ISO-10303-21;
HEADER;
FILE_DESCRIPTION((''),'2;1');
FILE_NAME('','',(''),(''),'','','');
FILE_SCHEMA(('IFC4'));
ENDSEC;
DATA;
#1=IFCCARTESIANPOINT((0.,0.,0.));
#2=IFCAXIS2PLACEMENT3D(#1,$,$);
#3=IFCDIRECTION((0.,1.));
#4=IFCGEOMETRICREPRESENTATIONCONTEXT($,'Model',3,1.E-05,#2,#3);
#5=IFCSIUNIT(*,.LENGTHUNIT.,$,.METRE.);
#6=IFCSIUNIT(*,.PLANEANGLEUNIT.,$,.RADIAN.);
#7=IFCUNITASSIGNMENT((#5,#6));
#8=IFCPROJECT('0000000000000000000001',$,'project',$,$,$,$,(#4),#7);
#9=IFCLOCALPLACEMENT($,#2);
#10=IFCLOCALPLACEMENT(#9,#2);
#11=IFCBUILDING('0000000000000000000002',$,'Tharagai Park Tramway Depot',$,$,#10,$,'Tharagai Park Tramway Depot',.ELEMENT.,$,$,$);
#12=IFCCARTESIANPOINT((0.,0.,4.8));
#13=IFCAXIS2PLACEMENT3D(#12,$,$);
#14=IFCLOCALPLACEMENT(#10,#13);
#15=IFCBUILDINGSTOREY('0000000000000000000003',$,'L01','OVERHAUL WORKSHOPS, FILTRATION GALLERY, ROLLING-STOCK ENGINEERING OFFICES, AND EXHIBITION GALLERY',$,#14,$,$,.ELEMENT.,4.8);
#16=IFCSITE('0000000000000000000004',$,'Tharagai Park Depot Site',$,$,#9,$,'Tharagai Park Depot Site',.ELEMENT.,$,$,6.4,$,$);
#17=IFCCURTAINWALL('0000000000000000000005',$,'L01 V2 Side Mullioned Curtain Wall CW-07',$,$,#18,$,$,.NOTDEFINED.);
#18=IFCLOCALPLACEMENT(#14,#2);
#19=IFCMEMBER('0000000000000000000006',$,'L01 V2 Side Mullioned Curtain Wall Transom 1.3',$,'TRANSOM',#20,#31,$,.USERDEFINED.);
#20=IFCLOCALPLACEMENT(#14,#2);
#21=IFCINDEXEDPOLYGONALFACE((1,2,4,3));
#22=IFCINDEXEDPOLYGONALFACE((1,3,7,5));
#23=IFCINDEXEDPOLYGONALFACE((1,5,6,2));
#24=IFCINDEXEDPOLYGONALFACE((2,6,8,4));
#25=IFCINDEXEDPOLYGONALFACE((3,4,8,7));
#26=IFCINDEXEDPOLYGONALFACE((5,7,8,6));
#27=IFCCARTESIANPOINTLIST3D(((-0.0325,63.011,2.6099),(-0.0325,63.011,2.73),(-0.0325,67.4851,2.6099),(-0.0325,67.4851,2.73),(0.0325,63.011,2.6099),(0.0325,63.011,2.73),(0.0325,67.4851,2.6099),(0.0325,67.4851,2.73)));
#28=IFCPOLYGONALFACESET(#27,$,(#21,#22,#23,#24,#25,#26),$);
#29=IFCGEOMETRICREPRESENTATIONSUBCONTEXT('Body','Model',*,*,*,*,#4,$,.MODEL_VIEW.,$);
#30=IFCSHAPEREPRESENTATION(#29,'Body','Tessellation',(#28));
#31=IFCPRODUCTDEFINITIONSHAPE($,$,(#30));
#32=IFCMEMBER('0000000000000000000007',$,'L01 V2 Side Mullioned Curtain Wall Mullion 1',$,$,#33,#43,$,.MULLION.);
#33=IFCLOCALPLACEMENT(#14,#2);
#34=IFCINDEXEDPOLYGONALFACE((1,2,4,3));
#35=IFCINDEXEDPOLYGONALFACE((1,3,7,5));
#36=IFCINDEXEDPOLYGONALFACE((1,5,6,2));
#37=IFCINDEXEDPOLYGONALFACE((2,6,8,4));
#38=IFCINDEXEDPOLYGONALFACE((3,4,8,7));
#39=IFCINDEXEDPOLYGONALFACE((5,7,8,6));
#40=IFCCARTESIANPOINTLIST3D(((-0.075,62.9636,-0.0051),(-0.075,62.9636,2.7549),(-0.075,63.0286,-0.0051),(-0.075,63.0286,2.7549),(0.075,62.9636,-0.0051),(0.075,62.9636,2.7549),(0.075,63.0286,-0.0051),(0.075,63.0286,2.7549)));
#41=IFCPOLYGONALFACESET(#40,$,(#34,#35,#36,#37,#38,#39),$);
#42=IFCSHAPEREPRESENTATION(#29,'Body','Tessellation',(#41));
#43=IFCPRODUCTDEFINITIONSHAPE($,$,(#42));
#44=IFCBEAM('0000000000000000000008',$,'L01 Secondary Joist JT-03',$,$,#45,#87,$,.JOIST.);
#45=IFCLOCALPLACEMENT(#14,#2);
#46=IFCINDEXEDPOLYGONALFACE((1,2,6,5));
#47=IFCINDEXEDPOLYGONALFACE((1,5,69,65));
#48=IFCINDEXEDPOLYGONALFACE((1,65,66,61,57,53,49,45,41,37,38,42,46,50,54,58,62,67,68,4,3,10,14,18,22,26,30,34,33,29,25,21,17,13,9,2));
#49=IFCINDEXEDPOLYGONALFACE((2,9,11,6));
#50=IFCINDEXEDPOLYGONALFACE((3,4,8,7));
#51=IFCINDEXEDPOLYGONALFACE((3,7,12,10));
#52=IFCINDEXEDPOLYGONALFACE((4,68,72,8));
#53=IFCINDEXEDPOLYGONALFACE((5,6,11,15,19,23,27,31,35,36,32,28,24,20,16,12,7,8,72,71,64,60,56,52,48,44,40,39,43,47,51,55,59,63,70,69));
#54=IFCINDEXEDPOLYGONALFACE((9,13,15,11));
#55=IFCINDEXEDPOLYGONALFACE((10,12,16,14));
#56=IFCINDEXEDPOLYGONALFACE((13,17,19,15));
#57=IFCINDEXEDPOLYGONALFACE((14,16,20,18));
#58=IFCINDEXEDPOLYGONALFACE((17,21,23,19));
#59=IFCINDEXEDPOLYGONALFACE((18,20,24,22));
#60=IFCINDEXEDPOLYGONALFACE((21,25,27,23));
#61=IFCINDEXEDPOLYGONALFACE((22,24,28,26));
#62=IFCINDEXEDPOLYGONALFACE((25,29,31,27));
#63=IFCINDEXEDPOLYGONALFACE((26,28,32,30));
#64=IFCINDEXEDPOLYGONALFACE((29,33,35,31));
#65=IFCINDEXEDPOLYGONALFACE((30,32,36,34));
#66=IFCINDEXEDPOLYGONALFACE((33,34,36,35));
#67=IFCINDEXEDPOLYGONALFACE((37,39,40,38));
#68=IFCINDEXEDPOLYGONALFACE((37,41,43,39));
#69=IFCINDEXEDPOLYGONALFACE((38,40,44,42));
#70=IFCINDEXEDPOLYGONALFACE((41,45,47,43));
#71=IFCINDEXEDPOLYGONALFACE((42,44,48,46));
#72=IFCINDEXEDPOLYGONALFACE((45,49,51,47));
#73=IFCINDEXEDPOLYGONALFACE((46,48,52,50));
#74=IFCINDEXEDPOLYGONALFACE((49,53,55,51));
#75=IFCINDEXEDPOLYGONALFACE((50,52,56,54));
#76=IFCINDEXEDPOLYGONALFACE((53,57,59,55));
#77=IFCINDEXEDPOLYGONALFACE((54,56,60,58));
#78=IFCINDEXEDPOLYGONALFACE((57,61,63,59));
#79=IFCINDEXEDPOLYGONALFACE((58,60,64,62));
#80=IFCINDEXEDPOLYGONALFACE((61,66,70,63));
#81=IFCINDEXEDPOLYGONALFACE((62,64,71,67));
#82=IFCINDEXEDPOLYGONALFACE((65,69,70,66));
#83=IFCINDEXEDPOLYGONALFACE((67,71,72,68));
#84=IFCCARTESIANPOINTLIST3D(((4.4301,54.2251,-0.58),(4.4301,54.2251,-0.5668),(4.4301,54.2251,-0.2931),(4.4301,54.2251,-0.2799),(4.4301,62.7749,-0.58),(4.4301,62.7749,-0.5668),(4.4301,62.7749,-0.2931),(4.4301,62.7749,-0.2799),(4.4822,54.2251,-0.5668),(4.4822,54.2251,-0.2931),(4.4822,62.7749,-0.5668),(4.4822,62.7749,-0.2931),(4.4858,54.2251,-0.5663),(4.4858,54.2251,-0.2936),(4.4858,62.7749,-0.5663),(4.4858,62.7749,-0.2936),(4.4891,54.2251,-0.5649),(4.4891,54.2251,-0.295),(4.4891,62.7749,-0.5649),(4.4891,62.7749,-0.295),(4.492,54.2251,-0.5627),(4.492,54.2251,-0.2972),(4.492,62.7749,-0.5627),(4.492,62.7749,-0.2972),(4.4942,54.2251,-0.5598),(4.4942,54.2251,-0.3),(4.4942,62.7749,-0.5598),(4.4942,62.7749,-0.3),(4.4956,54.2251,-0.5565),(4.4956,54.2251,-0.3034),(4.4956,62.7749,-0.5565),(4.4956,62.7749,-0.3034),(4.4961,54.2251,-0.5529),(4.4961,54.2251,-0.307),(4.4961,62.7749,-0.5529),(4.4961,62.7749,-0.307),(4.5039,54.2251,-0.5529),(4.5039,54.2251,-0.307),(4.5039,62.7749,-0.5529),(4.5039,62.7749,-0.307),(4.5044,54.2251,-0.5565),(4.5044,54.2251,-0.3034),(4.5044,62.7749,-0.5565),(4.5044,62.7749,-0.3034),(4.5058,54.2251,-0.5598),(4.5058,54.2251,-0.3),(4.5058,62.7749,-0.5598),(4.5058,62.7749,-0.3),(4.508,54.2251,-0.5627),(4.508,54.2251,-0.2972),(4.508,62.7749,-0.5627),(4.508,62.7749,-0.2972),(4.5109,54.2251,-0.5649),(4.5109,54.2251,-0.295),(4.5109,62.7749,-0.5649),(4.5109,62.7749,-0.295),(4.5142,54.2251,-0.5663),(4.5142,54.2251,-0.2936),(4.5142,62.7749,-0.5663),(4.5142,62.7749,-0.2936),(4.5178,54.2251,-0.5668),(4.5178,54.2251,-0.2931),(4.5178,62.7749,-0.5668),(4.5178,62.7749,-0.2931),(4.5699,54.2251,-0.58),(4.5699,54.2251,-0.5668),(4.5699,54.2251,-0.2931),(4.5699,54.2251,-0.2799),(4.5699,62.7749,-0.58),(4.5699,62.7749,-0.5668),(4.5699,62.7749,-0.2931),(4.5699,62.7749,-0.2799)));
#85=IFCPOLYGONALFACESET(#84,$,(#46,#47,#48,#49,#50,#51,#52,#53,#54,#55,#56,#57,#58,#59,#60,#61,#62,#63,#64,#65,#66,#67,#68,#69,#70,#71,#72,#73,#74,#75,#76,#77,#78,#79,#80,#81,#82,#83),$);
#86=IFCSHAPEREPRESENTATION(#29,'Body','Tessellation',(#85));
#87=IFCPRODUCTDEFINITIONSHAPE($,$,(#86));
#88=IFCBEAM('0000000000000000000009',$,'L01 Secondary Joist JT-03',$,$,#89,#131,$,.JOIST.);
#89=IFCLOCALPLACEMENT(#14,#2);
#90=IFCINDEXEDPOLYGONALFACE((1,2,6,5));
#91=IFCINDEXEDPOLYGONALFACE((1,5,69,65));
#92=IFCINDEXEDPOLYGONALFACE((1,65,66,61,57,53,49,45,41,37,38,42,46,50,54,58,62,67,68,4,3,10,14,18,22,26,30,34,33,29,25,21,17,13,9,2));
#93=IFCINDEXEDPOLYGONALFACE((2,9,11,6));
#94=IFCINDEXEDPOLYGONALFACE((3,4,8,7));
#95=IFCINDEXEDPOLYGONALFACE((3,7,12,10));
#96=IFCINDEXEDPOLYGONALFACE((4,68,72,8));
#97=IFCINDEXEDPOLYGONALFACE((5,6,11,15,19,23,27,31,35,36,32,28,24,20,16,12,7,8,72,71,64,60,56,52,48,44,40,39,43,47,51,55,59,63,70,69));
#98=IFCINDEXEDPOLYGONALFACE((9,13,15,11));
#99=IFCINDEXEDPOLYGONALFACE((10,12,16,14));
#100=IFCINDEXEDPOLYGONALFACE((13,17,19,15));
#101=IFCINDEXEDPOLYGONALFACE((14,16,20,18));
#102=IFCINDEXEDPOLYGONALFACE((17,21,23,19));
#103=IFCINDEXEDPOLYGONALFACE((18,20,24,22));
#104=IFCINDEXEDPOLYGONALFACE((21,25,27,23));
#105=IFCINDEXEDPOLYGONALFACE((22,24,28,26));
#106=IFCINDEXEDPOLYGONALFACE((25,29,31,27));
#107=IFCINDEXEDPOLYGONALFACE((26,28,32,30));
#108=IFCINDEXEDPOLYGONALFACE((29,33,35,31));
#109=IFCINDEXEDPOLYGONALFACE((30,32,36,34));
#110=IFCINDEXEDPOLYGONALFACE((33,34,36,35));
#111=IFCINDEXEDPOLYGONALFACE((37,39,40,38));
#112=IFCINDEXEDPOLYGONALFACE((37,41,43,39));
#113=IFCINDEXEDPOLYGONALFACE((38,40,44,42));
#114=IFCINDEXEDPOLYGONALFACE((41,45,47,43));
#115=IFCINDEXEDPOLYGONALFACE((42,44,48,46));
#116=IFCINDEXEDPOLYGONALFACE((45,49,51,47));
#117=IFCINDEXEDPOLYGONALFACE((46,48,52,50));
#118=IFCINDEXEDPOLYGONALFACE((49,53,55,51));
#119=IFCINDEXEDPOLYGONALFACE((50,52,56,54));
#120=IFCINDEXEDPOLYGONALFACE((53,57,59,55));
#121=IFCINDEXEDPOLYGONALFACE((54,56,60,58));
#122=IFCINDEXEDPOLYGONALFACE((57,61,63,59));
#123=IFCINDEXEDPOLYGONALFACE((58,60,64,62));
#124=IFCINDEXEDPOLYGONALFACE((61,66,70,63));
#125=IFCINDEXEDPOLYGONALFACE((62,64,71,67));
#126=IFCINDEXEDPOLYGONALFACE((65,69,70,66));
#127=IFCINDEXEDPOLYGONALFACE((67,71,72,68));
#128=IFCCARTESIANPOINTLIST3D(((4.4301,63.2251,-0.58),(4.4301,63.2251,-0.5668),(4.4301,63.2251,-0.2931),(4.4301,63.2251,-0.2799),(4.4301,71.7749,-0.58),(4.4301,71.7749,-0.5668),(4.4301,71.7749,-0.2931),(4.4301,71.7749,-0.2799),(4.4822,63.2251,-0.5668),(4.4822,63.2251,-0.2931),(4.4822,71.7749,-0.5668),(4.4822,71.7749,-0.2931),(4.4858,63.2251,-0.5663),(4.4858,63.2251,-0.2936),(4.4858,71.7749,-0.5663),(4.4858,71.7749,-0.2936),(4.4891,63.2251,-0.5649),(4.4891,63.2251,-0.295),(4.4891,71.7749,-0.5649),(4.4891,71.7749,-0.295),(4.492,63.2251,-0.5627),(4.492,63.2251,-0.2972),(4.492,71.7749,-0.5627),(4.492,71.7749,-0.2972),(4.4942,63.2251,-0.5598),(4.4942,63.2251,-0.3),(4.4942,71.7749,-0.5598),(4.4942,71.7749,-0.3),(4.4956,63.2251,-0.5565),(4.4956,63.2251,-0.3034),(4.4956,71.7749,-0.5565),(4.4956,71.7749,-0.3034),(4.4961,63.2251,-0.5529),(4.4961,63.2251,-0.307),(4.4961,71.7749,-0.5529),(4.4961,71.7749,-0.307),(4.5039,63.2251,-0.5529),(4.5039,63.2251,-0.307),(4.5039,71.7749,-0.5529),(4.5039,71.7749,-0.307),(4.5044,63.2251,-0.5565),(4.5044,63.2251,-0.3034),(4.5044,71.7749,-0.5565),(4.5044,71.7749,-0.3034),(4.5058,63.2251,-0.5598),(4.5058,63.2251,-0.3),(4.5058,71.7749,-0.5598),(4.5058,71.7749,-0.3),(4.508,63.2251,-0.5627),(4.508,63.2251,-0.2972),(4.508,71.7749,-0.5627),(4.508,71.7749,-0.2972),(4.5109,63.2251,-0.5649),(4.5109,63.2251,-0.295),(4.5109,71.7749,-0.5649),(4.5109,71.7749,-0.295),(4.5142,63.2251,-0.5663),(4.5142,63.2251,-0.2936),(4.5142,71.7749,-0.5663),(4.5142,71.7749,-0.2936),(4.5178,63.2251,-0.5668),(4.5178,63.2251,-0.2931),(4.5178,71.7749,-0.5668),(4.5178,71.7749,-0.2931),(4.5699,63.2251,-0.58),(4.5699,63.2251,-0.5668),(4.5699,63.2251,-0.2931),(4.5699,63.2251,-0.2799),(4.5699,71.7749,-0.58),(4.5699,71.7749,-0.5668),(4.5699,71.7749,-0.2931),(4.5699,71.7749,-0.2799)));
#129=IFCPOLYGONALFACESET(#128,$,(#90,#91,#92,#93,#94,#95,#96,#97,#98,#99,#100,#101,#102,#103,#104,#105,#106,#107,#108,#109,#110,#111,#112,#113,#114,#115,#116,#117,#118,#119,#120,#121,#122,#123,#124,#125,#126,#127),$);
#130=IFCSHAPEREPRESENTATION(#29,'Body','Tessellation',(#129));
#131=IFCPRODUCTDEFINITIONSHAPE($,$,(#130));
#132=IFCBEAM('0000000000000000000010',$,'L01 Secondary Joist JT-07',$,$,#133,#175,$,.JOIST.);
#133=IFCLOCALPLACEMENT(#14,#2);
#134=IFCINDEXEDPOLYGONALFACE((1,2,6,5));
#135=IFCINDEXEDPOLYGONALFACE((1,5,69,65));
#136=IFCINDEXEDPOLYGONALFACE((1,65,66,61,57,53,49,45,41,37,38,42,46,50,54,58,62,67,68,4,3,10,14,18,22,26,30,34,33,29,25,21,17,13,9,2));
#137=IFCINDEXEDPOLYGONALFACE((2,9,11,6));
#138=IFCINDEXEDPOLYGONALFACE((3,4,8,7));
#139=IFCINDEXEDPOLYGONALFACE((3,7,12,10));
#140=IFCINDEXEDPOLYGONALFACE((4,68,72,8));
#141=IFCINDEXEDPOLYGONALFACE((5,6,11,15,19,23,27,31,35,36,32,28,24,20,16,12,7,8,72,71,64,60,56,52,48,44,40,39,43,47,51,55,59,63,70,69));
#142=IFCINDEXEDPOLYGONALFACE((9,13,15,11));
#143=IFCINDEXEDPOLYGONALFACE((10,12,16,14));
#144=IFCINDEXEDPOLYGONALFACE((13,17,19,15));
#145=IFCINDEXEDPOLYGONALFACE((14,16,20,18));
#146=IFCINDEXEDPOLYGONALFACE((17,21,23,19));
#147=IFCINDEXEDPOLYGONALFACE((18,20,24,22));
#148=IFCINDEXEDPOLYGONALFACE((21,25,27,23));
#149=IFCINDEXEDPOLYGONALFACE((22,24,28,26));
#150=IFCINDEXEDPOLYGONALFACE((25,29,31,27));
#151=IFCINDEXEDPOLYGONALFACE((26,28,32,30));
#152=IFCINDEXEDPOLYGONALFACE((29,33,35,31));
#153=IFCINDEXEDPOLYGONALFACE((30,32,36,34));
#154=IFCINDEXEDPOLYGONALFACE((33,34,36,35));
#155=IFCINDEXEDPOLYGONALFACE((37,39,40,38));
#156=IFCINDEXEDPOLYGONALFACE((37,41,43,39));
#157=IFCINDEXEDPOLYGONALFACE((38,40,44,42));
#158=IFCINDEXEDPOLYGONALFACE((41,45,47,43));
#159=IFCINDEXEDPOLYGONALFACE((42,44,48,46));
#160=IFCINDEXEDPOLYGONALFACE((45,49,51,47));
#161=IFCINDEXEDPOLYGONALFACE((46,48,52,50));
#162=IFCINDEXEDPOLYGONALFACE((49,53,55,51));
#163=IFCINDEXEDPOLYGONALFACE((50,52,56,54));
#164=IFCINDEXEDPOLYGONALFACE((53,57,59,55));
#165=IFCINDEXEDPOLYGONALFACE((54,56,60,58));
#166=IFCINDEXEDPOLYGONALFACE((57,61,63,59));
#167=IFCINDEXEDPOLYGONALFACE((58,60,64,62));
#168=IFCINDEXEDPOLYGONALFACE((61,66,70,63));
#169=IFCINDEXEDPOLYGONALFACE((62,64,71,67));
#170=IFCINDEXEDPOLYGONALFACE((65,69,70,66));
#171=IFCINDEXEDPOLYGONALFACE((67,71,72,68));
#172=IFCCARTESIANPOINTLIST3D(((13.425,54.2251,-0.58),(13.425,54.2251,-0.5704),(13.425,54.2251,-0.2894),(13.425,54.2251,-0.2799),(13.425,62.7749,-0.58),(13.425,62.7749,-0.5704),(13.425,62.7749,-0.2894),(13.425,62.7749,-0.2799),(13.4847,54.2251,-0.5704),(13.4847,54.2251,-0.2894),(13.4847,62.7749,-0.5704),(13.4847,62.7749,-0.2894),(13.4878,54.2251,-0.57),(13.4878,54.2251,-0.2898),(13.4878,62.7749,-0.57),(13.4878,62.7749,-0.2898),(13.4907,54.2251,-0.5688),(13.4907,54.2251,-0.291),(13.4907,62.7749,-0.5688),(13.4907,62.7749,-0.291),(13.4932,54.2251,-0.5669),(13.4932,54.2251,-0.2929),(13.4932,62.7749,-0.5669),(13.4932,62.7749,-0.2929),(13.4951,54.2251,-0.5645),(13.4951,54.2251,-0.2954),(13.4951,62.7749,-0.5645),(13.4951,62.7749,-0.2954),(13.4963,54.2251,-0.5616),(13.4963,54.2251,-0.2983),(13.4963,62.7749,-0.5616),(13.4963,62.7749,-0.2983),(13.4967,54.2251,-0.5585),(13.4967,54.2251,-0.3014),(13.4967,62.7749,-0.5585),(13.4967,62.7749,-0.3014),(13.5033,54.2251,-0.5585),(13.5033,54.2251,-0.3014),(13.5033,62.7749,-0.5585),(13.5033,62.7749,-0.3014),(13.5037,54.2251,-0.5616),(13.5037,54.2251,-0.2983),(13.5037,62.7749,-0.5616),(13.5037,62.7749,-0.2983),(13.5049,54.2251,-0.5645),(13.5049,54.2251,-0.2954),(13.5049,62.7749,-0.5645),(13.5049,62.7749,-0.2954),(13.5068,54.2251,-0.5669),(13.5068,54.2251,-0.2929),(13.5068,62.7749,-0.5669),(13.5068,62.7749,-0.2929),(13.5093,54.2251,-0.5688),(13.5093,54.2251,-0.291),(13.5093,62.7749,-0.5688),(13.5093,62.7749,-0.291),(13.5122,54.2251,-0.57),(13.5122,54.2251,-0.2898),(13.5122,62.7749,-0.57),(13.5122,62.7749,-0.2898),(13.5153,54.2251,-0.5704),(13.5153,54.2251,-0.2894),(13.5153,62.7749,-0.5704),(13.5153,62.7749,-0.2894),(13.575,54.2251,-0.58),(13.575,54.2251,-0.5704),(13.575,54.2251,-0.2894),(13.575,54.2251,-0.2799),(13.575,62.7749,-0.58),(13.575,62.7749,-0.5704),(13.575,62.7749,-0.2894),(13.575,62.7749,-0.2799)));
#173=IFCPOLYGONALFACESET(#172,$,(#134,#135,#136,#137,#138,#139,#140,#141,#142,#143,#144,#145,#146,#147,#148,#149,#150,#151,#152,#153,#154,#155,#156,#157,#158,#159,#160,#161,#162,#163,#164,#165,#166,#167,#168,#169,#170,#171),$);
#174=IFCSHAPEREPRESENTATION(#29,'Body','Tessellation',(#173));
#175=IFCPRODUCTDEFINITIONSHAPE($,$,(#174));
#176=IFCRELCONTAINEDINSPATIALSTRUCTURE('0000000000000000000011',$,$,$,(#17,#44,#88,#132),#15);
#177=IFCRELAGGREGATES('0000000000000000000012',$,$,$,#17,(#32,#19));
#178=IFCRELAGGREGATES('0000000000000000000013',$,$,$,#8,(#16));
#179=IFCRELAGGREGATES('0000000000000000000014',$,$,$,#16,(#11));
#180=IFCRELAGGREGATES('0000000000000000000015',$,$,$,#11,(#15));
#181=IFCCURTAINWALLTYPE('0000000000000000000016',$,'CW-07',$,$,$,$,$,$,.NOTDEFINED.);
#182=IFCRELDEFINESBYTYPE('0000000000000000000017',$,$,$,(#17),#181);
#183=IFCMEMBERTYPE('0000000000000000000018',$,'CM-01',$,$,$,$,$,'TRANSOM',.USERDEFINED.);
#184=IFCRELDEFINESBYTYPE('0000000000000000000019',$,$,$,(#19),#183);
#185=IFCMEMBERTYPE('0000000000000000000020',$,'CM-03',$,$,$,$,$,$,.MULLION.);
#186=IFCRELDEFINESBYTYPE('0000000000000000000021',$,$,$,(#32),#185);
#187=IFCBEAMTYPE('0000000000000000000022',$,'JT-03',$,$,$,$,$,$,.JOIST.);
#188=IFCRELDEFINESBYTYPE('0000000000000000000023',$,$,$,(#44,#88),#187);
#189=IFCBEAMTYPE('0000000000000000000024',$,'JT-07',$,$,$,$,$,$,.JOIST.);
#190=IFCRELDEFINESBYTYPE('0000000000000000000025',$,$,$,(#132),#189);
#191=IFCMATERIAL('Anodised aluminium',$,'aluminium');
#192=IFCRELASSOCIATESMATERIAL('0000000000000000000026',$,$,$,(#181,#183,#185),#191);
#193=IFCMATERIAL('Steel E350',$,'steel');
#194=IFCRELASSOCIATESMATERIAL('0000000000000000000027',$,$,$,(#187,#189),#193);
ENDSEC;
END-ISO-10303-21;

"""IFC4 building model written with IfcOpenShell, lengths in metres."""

from ifc_helpers import new_model, si_unit, direction, frame, origin, origin_2d, place, context, subcontext, project, spatial, rectangle, i_section, extrude, material, material_profile, profile_set, type_object, element, aggregate, save


model = new_model("IFC4")

# Units and contexts
model_context = context("Model", 3, precision=1e-05, world=origin(), true_north=direction((0.0, 1.0)))
body_context = subcontext(model_context, "Body", "Model", "MODEL_VIEW")
ifc_project = project(units=[si_unit("LENGTHUNIT", "METRE"), si_unit("PLANEANGLEUNIT", "RADIAN")], contexts=[model_context])

# Site, building, storey
site_placement = place(None, origin())
site = spatial("IfcSite", under=ifc_project, at=site_placement, Name="Tharagai Park Depot Site", LongName="Tharagai Park Depot Site", CompositionType="ELEMENT", RefElevation=6.4)
building_placement = place(site_placement, origin())
building = spatial("IfcBuilding", under=site, at=building_placement, Name="Tharagai Park Tramway Depot", LongName="Tharagai Park Tramway Depot", CompositionType="ELEMENT")
storey_placement = place(building_placement, frame((0.0, 0.0, 4.8)))
storey = spatial("IfcBuildingStorey", under=building, at=storey_placement, Name="L01", Description="OVERHAUL WORKSHOPS, FILTRATION GALLERY, ROLLING-STOCK ENGINEERING OFFICES, AND EXHIBITION GALLERY", CompositionType="ELEMENT", Elevation=4.8)

# Shared definitions
ifc_material_1 = material(Name="Steel E350", Category="steel")

# Curtain wall, members
ifc_material_2 = material(Name="Anodised aluminium", Category="aluminium")
curtain_wall_type = type_object("IfcCurtainWallType", Name="CW-07", PredefinedType="NOTDEFINED", material=ifc_material_2)
curtain_wall_placement = place(storey_placement, origin())
curtain_wall = element("IfcCurtainWall", 1, at=curtain_wall_placement, inside=storey, type_object=curtain_wall_type, Name="L01 V2 Side Mullioned Curtain Wall CW-07", PredefinedType="NOTDEFINED")
ifc_material_profile_1 = material_profile(ifc_material_2, rectangle(XDim=0.0649, YDim=0.1201, at=origin_2d()), Name="ALU 65x120")
ifc_profile_set_1 = profile_set([ifc_material_profile_1], Name="Anodised aluminium")
member_type_1 = type_object("IfcMemberType", Name="CM-01", ElementType="TRANSOM", PredefinedType="USERDEFINED", material=ifc_profile_set_1)
member_1_placement = place(storey_placement, frame((0.0, 63.011, 2.6699), z_axis=(0.0, 1.0, 0.0), x_axis=(-1.0, 0.0, 0.0)))
member_1 = element("IfcMember", 2, at=member_1_placement, type_object=member_type_1, Name="L01 V2 Side Mullioned Curtain Wall Transom 1.3", ObjectType="TRANSOM", PredefinedType="USERDEFINED", context=body_context, shape_type="SweptSolid", body=[
    extrude(rectangle(XDim=0.0649, YDim=0.1201, at=origin_2d()), origin(), (0.0, 0.0, 1.0), 4.4741),
])
ifc_material_profile_2 = material_profile(ifc_material_2, rectangle(XDim=0.0649, YDim=0.1499, at=origin_2d()), Name="ALU 65x150")
ifc_profile_set_2 = profile_set([ifc_material_profile_2], Name="Anodised aluminium")
member_type_2 = type_object("IfcMemberType", Name="CM-03", PredefinedType="MULLION", material=ifc_profile_set_2)
member_2_placement = place(storey_placement, frame((0.0, 62.9961, -0.0051), z_axis=(0.0, 0.0, 1.0), x_axis=(0.0, 1.0, 0.0)))
member_2 = element("IfcMember", 3, at=member_2_placement, type_object=member_type_2, Name="L01 V2 Side Mullioned Curtain Wall Mullion 1", PredefinedType="MULLION", context=body_context, shape_type="SweptSolid", body=[
    extrude(rectangle(XDim=0.0649, YDim=0.1499, at=origin_2d()), origin(), (0.0, 0.0, 1.0), 2.76),
])

# Beams
ifc_material_profile_3 = material_profile(ifc_material_1, i_section(OverallWidth=0.1399, OverallDepth=0.3, WebThickness=0.0078, FlangeThickness=0.0132, FilletRadius=0.0139, at=origin_2d()), Name="ISMB 300")
ifc_profile_set_3 = profile_set([ifc_material_profile_3], Name="Steel E350")
beam_type_1 = type_object("IfcBeamType", Name="JT-03", PredefinedType="JOIST", material=ifc_profile_set_3)
for number, where, z_axis, x_axis, name in (
    (4, (4.5, 54.2251, -0.4299), (0.0, 1.0, 0.0), (-1.0, 0.0, 0.0), "L01 Secondary Joist JT-03"),
    (5, (4.5, 63.2251, -0.4299), (0.0, 1.0, 0.0), (-1.0, 0.0, 0.0), "L01 Secondary Joist JT-03"),
):
    element("IfcBeam", number, at=place(storey_placement, frame(where, z_axis=z_axis, x_axis=x_axis)), inside=storey, type_object=beam_type_1, Name=name, PredefinedType="JOIST", context=body_context, shape_type="SweptSolid", body=[
        extrude(i_section(OverallWidth=0.1399, OverallDepth=0.3, WebThickness=0.0078, FlangeThickness=0.0132, FilletRadius=0.0139, at=origin_2d()), origin(), (0.0, 0.0, 1.0), 8.5498),
    ])
ifc_material_profile_4 = material_profile(ifc_material_1, i_section(OverallWidth=0.1499, OverallDepth=0.3, WebThickness=0.0066, FlangeThickness=0.0095, FilletRadius=0.012, at=origin_2d()), Name="ISLB 300")
ifc_profile_set_4 = profile_set([ifc_material_profile_4], Name="Steel E350")
beam_type_2 = type_object("IfcBeamType", Name="JT-07", PredefinedType="JOIST", material=ifc_profile_set_4)
for number, where, z_axis, x_axis, name in (
    (6, (13.5, 54.2251, -0.4299), (0.0, 1.0, 0.0), (-1.0, 0.0, 0.0), "L01 Secondary Joist JT-07"),
):
    element("IfcBeam", number, at=place(storey_placement, frame(where, z_axis=z_axis, x_axis=x_axis)), inside=storey, type_object=beam_type_2, Name=name, PredefinedType="JOIST", context=body_context, shape_type="SweptSolid", body=[
        extrude(i_section(OverallWidth=0.1499, OverallDepth=0.3, WebThickness=0.0066, FlangeThickness=0.0095, FilletRadius=0.012, at=origin_2d()), origin(), (0.0, 0.0, 1.0), 8.5498),
    ])

aggregate(curtain_wall, [member_2, member_1])

save(model, "model.ifc")
